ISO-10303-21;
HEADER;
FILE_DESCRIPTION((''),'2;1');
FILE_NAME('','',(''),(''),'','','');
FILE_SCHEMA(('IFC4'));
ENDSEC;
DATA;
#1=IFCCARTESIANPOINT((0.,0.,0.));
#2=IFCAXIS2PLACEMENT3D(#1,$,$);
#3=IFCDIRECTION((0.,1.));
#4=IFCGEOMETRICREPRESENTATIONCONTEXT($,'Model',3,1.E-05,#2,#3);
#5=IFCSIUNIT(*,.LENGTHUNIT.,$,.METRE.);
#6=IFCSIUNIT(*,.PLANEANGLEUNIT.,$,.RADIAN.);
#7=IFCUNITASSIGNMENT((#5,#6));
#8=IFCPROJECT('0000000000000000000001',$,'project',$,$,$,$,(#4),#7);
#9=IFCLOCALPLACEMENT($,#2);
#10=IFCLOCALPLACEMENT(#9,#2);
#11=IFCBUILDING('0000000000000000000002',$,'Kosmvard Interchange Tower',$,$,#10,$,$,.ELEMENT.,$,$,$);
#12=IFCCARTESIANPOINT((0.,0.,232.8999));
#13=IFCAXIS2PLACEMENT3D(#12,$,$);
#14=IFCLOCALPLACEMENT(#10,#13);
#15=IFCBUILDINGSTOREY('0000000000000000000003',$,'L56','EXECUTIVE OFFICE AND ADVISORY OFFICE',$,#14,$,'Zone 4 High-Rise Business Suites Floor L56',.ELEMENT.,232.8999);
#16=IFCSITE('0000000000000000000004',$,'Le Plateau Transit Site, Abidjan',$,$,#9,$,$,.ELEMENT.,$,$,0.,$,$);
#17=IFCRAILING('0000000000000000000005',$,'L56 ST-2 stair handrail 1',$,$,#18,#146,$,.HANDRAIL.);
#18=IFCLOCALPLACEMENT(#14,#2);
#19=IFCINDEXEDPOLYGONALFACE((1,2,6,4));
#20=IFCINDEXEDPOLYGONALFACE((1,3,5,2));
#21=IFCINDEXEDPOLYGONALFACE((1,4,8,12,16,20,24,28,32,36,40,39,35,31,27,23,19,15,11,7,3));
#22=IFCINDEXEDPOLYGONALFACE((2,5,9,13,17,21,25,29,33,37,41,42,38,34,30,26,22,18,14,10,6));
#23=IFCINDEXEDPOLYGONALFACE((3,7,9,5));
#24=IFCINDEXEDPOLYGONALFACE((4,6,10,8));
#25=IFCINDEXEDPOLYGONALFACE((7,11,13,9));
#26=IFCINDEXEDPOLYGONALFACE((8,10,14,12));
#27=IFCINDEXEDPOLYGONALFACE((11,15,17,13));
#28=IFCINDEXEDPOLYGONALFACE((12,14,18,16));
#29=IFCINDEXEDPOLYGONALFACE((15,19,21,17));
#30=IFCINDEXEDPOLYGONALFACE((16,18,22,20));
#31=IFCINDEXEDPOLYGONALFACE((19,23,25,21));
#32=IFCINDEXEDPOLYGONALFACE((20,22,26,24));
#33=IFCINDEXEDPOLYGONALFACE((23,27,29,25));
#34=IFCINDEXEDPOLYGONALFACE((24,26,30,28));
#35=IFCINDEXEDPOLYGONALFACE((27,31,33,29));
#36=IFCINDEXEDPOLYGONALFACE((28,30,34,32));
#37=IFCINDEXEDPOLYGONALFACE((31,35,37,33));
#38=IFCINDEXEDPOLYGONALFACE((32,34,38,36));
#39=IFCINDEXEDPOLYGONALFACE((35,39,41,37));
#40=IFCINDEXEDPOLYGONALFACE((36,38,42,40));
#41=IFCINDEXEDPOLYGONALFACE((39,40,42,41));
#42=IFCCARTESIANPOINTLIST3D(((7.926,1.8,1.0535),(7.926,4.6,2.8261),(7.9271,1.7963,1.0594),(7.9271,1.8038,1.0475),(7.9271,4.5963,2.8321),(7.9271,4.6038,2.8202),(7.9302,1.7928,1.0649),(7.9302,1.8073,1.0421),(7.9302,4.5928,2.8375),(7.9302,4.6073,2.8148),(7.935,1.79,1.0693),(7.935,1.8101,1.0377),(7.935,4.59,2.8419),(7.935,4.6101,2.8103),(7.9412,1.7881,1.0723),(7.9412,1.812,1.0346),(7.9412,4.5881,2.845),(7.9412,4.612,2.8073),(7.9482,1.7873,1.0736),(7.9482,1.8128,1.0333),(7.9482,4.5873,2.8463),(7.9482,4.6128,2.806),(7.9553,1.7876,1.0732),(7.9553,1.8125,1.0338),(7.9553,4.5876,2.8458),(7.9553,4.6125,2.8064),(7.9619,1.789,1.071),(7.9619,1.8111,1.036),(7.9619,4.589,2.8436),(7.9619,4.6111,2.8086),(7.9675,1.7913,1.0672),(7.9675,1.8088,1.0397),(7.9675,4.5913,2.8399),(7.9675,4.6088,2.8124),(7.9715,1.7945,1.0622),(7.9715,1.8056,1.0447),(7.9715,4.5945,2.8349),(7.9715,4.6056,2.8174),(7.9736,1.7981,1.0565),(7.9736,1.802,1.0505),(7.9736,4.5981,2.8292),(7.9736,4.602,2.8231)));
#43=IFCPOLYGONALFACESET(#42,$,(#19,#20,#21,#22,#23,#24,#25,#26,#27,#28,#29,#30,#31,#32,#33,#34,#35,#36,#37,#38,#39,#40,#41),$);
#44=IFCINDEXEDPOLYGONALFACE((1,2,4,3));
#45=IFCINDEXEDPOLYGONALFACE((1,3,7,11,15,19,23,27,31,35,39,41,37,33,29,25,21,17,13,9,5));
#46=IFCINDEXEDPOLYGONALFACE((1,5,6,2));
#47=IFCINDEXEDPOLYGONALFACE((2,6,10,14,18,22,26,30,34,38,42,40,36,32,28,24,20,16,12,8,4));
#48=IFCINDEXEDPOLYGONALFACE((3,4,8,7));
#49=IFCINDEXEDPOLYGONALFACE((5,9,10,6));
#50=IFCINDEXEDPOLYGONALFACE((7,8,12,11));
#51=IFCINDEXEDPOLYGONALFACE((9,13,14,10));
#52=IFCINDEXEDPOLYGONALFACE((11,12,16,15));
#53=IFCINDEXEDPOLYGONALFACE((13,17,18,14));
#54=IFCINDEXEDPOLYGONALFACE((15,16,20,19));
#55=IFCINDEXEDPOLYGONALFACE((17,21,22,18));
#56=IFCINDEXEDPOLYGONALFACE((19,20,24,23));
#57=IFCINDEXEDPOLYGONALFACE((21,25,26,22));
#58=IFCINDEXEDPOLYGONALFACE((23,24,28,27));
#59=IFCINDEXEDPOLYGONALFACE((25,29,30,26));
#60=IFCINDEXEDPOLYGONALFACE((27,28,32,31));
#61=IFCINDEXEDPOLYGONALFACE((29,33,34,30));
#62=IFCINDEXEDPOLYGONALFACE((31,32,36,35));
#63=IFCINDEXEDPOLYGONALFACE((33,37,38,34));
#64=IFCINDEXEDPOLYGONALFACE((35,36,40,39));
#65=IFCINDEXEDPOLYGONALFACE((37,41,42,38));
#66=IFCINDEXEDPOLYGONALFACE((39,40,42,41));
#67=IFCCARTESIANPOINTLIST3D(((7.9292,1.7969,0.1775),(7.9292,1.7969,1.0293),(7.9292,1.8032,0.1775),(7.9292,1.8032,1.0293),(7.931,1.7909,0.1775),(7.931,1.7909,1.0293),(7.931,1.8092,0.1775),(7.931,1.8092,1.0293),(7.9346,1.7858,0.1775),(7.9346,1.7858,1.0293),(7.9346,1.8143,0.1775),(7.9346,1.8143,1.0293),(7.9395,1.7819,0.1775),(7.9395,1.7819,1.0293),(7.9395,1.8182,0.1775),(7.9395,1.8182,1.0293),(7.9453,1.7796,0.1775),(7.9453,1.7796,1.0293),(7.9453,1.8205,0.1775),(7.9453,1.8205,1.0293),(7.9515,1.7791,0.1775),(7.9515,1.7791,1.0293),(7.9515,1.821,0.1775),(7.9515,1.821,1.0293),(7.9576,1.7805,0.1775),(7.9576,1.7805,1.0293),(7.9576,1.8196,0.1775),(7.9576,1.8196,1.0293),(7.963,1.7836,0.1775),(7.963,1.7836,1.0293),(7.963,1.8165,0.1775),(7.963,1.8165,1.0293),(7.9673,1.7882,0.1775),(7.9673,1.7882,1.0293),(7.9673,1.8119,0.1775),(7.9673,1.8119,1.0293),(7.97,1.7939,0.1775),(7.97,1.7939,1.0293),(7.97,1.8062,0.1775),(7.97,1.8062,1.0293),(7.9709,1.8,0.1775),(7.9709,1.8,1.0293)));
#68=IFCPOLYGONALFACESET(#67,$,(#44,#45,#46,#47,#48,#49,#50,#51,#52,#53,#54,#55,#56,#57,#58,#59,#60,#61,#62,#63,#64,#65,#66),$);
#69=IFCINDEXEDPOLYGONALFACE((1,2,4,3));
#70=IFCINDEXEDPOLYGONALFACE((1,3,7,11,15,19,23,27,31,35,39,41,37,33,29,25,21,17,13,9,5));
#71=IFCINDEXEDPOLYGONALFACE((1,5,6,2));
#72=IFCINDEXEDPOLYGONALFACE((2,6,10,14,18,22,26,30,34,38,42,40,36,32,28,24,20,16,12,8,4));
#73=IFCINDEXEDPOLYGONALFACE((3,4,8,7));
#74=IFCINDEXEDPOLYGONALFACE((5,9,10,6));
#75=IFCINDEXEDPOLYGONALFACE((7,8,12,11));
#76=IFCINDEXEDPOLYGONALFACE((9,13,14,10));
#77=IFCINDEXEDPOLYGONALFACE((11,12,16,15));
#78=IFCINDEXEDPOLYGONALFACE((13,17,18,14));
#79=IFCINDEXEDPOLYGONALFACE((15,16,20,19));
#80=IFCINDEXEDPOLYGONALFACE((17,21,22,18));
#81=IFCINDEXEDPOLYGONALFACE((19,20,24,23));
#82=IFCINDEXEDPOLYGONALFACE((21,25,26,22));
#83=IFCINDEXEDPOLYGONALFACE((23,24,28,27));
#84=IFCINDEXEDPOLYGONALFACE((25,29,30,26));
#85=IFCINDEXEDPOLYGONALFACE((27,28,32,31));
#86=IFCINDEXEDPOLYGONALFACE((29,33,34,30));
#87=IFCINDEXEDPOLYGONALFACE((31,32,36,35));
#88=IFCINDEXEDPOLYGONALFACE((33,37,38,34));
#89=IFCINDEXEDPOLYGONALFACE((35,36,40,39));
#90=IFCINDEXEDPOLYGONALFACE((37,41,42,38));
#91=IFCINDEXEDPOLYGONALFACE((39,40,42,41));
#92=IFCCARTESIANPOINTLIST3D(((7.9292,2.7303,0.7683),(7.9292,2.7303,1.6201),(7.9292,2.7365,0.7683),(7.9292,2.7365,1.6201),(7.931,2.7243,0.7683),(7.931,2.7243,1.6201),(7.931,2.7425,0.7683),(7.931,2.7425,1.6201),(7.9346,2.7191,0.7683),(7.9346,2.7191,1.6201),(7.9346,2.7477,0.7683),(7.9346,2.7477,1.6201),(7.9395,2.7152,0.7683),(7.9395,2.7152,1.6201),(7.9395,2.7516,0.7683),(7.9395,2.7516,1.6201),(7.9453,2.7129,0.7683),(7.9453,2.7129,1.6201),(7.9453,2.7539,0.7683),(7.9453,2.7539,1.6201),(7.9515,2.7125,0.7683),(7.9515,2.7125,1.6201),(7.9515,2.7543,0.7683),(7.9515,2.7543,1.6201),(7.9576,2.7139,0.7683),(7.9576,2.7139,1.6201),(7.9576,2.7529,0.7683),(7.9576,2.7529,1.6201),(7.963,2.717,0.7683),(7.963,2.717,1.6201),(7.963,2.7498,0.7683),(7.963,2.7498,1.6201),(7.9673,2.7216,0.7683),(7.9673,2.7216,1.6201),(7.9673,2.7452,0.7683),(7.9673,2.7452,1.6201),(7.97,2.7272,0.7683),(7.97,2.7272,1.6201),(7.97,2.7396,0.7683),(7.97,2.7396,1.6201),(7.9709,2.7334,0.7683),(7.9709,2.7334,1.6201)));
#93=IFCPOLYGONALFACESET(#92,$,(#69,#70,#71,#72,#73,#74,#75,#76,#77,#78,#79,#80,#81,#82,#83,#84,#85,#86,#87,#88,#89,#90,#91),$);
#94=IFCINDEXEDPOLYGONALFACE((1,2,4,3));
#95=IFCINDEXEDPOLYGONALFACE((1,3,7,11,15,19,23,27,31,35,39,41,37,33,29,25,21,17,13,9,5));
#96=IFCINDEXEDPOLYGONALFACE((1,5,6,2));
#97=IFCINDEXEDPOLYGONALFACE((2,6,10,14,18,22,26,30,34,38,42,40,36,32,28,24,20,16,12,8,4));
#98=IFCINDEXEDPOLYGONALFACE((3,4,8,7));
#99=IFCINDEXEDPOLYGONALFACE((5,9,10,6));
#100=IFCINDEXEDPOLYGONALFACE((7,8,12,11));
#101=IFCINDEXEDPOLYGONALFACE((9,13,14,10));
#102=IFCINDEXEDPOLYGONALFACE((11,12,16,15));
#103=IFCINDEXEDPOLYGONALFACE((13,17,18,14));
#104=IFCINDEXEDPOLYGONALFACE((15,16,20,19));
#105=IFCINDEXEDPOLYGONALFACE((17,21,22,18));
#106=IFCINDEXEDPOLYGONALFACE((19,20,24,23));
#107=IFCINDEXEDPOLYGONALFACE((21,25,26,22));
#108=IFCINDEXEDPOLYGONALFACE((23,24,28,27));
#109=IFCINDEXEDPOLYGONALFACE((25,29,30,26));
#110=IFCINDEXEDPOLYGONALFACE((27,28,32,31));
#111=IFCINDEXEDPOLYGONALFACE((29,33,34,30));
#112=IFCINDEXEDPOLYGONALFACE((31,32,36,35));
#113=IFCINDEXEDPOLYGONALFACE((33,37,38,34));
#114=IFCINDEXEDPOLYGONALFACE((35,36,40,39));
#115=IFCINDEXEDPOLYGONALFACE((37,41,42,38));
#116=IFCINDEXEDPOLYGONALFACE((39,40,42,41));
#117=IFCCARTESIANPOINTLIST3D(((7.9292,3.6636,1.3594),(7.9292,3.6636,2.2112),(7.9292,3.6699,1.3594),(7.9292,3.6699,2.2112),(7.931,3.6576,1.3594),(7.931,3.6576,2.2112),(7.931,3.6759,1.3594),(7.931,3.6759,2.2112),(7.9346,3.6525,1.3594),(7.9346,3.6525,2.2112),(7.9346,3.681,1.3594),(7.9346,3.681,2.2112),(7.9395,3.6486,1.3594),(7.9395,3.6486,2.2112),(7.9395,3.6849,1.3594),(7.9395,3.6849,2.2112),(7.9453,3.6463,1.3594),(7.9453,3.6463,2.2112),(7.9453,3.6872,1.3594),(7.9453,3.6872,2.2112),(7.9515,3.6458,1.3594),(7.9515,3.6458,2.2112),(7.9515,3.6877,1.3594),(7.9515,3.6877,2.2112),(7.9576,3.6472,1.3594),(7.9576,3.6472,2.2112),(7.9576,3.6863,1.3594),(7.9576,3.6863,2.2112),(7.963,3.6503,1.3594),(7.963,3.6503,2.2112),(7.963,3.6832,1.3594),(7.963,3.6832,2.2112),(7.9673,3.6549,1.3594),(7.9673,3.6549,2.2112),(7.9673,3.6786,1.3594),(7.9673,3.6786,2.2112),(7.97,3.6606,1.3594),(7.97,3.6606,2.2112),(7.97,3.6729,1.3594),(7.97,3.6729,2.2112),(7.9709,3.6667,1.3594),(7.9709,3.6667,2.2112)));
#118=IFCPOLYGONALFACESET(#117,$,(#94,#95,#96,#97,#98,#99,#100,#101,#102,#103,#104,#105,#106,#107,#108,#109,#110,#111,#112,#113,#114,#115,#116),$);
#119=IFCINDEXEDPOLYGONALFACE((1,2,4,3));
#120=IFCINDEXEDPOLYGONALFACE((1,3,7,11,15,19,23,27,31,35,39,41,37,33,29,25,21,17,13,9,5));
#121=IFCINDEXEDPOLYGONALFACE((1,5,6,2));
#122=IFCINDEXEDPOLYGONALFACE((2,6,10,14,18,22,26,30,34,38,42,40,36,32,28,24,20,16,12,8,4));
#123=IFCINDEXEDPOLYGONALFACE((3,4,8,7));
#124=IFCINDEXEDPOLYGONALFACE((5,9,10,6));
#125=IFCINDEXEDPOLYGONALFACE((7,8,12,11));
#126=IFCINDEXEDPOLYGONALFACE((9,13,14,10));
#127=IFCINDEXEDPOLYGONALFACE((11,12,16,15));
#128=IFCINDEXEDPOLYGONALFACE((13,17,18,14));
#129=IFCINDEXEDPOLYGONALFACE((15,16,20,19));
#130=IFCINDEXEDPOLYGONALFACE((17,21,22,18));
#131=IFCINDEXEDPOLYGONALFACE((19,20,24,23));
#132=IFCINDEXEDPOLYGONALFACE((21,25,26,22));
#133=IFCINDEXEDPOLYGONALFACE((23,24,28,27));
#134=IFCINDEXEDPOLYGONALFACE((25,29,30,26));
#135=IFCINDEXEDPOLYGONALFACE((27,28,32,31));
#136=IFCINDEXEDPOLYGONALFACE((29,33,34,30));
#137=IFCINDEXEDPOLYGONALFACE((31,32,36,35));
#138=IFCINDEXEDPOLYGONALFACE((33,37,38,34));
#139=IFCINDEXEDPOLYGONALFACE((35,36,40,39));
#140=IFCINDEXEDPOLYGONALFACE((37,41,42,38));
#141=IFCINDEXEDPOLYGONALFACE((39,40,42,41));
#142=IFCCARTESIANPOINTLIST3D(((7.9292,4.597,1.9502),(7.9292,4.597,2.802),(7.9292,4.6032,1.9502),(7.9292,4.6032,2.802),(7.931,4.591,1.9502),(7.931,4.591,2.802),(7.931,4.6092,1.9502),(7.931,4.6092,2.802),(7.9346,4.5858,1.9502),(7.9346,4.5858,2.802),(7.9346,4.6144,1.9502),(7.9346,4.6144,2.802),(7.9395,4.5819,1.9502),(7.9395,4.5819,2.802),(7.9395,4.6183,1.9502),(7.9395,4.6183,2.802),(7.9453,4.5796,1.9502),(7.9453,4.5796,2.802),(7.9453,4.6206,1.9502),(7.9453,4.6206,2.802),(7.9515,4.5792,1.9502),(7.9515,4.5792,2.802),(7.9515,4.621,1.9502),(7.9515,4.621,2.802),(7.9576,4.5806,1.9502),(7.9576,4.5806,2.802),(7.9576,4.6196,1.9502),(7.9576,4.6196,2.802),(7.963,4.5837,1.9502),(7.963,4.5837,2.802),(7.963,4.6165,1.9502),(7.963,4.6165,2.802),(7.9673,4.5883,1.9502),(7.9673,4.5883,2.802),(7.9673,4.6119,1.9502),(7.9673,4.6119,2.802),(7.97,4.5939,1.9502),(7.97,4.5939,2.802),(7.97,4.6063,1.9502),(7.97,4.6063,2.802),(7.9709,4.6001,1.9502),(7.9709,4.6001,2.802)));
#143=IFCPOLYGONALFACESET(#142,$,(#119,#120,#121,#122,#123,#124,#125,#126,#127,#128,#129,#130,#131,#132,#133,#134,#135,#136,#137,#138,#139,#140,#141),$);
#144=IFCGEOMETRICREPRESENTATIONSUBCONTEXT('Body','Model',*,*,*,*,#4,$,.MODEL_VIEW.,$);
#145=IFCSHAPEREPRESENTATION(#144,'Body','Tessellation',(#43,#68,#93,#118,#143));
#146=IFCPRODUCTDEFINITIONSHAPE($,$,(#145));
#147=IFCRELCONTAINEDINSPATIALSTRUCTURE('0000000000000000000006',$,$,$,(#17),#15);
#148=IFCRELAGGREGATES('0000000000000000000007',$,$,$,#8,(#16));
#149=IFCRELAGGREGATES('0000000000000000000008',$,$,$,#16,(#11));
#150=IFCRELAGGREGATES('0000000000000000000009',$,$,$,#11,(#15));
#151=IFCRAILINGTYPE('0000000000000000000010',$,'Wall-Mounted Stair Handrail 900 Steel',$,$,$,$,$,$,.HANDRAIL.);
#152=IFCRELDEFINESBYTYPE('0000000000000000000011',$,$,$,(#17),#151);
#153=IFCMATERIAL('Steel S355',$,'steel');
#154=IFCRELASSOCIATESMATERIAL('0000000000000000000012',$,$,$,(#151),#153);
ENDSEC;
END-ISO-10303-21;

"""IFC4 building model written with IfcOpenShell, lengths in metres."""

from ifc_helpers import new_model, si_unit, direction, frame, origin, origin_2d, place, context, subcontext, project, spatial, circle, extrude, source, transform, mapped, material, type_object, element, save


model = new_model("IFC4")

# Units and contexts
model_context = context("Model", 3, precision=1e-05, world=origin(), true_north=direction((0.0, 1.0)))
body_context = subcontext(model_context, "Body", "Model", "MODEL_VIEW")
ifc_project = project(units=[si_unit("LENGTHUNIT", "METRE"), si_unit("PLANEANGLEUNIT", "RADIAN")], contexts=[model_context])

# Site, building, storey
site_placement = place(None, origin())
site = spatial("IfcSite", under=ifc_project, at=site_placement, Name="Le Plateau Transit Site, Abidjan", CompositionType="ELEMENT", RefElevation=0.0)
building_placement = place(site_placement, origin())
building = spatial("IfcBuilding", under=site, at=building_placement, Name="Kosmvard Interchange Tower", CompositionType="ELEMENT")
storey_placement = place(building_placement, frame((0.0, 0.0, 232.8999)))
storey = spatial("IfcBuildingStorey", under=building, at=storey_placement, Name="L56", Description="EXECUTIVE OFFICE AND ADVISORY OFFICE", LongName="Zone 4 High-Rise Business Suites Floor L56", CompositionType="ELEMENT", Elevation=232.8999)

# Shared definitions
ifc_material_1 = material(Name="Steel S355", Category="steel")

# Railing
railing_type_1 = type_object("IfcRailingType", Name="Wall-Mounted Stair Handrail 900 Steel", PredefinedType="HANDRAIL", material=ifc_material_1)
shared_shape_1 = source(origin(), body_context, "Body", "SweptSolid", [
    extrude(circle(Radius=0.0239, at=origin_2d()), frame((0.0, 0.0, 0.876), z_axis=(0.0, 0.844909, 0.53491), x_axis=(-1.0, 0.0, 0.0)), (0.0, 0.0, 1.0), 3.314),
    extrude(circle(Radius=0.021, at=origin_2d()), origin(), (0.0, 0.0, 1.0), 0.8518),
    extrude(circle(Radius=0.021, at=origin_2d()), frame((0.0, 0.9333, 0.5908)), (0.0, 0.0, 1.0), 0.8518),
    extrude(circle(Radius=0.021, at=origin_2d()), frame((0.0, 1.8667, 1.1819)), (0.0, 0.0, 1.0), 0.8518),
    extrude(circle(Radius=0.021, at=origin_2d()), frame((0.0, 2.8, 1.7727)), (0.0, 0.0, 1.0), 0.8518),
])
railing_1_placement = place(storey_placement, frame((7.95, 1.8, 0.1775)))
element("IfcRailing", 1, at=railing_1_placement, inside=storey, type_object=railing_type_1, Name="L56 ST-2 stair handrail 1", PredefinedType="HANDRAIL", context=body_context, shape_type="MappedRepresentation", body=[
    mapped(shared_shape_1, transform((0.0, 0.0, 0.0), scale=1.0)),
])

save(model, "model.ifc")
